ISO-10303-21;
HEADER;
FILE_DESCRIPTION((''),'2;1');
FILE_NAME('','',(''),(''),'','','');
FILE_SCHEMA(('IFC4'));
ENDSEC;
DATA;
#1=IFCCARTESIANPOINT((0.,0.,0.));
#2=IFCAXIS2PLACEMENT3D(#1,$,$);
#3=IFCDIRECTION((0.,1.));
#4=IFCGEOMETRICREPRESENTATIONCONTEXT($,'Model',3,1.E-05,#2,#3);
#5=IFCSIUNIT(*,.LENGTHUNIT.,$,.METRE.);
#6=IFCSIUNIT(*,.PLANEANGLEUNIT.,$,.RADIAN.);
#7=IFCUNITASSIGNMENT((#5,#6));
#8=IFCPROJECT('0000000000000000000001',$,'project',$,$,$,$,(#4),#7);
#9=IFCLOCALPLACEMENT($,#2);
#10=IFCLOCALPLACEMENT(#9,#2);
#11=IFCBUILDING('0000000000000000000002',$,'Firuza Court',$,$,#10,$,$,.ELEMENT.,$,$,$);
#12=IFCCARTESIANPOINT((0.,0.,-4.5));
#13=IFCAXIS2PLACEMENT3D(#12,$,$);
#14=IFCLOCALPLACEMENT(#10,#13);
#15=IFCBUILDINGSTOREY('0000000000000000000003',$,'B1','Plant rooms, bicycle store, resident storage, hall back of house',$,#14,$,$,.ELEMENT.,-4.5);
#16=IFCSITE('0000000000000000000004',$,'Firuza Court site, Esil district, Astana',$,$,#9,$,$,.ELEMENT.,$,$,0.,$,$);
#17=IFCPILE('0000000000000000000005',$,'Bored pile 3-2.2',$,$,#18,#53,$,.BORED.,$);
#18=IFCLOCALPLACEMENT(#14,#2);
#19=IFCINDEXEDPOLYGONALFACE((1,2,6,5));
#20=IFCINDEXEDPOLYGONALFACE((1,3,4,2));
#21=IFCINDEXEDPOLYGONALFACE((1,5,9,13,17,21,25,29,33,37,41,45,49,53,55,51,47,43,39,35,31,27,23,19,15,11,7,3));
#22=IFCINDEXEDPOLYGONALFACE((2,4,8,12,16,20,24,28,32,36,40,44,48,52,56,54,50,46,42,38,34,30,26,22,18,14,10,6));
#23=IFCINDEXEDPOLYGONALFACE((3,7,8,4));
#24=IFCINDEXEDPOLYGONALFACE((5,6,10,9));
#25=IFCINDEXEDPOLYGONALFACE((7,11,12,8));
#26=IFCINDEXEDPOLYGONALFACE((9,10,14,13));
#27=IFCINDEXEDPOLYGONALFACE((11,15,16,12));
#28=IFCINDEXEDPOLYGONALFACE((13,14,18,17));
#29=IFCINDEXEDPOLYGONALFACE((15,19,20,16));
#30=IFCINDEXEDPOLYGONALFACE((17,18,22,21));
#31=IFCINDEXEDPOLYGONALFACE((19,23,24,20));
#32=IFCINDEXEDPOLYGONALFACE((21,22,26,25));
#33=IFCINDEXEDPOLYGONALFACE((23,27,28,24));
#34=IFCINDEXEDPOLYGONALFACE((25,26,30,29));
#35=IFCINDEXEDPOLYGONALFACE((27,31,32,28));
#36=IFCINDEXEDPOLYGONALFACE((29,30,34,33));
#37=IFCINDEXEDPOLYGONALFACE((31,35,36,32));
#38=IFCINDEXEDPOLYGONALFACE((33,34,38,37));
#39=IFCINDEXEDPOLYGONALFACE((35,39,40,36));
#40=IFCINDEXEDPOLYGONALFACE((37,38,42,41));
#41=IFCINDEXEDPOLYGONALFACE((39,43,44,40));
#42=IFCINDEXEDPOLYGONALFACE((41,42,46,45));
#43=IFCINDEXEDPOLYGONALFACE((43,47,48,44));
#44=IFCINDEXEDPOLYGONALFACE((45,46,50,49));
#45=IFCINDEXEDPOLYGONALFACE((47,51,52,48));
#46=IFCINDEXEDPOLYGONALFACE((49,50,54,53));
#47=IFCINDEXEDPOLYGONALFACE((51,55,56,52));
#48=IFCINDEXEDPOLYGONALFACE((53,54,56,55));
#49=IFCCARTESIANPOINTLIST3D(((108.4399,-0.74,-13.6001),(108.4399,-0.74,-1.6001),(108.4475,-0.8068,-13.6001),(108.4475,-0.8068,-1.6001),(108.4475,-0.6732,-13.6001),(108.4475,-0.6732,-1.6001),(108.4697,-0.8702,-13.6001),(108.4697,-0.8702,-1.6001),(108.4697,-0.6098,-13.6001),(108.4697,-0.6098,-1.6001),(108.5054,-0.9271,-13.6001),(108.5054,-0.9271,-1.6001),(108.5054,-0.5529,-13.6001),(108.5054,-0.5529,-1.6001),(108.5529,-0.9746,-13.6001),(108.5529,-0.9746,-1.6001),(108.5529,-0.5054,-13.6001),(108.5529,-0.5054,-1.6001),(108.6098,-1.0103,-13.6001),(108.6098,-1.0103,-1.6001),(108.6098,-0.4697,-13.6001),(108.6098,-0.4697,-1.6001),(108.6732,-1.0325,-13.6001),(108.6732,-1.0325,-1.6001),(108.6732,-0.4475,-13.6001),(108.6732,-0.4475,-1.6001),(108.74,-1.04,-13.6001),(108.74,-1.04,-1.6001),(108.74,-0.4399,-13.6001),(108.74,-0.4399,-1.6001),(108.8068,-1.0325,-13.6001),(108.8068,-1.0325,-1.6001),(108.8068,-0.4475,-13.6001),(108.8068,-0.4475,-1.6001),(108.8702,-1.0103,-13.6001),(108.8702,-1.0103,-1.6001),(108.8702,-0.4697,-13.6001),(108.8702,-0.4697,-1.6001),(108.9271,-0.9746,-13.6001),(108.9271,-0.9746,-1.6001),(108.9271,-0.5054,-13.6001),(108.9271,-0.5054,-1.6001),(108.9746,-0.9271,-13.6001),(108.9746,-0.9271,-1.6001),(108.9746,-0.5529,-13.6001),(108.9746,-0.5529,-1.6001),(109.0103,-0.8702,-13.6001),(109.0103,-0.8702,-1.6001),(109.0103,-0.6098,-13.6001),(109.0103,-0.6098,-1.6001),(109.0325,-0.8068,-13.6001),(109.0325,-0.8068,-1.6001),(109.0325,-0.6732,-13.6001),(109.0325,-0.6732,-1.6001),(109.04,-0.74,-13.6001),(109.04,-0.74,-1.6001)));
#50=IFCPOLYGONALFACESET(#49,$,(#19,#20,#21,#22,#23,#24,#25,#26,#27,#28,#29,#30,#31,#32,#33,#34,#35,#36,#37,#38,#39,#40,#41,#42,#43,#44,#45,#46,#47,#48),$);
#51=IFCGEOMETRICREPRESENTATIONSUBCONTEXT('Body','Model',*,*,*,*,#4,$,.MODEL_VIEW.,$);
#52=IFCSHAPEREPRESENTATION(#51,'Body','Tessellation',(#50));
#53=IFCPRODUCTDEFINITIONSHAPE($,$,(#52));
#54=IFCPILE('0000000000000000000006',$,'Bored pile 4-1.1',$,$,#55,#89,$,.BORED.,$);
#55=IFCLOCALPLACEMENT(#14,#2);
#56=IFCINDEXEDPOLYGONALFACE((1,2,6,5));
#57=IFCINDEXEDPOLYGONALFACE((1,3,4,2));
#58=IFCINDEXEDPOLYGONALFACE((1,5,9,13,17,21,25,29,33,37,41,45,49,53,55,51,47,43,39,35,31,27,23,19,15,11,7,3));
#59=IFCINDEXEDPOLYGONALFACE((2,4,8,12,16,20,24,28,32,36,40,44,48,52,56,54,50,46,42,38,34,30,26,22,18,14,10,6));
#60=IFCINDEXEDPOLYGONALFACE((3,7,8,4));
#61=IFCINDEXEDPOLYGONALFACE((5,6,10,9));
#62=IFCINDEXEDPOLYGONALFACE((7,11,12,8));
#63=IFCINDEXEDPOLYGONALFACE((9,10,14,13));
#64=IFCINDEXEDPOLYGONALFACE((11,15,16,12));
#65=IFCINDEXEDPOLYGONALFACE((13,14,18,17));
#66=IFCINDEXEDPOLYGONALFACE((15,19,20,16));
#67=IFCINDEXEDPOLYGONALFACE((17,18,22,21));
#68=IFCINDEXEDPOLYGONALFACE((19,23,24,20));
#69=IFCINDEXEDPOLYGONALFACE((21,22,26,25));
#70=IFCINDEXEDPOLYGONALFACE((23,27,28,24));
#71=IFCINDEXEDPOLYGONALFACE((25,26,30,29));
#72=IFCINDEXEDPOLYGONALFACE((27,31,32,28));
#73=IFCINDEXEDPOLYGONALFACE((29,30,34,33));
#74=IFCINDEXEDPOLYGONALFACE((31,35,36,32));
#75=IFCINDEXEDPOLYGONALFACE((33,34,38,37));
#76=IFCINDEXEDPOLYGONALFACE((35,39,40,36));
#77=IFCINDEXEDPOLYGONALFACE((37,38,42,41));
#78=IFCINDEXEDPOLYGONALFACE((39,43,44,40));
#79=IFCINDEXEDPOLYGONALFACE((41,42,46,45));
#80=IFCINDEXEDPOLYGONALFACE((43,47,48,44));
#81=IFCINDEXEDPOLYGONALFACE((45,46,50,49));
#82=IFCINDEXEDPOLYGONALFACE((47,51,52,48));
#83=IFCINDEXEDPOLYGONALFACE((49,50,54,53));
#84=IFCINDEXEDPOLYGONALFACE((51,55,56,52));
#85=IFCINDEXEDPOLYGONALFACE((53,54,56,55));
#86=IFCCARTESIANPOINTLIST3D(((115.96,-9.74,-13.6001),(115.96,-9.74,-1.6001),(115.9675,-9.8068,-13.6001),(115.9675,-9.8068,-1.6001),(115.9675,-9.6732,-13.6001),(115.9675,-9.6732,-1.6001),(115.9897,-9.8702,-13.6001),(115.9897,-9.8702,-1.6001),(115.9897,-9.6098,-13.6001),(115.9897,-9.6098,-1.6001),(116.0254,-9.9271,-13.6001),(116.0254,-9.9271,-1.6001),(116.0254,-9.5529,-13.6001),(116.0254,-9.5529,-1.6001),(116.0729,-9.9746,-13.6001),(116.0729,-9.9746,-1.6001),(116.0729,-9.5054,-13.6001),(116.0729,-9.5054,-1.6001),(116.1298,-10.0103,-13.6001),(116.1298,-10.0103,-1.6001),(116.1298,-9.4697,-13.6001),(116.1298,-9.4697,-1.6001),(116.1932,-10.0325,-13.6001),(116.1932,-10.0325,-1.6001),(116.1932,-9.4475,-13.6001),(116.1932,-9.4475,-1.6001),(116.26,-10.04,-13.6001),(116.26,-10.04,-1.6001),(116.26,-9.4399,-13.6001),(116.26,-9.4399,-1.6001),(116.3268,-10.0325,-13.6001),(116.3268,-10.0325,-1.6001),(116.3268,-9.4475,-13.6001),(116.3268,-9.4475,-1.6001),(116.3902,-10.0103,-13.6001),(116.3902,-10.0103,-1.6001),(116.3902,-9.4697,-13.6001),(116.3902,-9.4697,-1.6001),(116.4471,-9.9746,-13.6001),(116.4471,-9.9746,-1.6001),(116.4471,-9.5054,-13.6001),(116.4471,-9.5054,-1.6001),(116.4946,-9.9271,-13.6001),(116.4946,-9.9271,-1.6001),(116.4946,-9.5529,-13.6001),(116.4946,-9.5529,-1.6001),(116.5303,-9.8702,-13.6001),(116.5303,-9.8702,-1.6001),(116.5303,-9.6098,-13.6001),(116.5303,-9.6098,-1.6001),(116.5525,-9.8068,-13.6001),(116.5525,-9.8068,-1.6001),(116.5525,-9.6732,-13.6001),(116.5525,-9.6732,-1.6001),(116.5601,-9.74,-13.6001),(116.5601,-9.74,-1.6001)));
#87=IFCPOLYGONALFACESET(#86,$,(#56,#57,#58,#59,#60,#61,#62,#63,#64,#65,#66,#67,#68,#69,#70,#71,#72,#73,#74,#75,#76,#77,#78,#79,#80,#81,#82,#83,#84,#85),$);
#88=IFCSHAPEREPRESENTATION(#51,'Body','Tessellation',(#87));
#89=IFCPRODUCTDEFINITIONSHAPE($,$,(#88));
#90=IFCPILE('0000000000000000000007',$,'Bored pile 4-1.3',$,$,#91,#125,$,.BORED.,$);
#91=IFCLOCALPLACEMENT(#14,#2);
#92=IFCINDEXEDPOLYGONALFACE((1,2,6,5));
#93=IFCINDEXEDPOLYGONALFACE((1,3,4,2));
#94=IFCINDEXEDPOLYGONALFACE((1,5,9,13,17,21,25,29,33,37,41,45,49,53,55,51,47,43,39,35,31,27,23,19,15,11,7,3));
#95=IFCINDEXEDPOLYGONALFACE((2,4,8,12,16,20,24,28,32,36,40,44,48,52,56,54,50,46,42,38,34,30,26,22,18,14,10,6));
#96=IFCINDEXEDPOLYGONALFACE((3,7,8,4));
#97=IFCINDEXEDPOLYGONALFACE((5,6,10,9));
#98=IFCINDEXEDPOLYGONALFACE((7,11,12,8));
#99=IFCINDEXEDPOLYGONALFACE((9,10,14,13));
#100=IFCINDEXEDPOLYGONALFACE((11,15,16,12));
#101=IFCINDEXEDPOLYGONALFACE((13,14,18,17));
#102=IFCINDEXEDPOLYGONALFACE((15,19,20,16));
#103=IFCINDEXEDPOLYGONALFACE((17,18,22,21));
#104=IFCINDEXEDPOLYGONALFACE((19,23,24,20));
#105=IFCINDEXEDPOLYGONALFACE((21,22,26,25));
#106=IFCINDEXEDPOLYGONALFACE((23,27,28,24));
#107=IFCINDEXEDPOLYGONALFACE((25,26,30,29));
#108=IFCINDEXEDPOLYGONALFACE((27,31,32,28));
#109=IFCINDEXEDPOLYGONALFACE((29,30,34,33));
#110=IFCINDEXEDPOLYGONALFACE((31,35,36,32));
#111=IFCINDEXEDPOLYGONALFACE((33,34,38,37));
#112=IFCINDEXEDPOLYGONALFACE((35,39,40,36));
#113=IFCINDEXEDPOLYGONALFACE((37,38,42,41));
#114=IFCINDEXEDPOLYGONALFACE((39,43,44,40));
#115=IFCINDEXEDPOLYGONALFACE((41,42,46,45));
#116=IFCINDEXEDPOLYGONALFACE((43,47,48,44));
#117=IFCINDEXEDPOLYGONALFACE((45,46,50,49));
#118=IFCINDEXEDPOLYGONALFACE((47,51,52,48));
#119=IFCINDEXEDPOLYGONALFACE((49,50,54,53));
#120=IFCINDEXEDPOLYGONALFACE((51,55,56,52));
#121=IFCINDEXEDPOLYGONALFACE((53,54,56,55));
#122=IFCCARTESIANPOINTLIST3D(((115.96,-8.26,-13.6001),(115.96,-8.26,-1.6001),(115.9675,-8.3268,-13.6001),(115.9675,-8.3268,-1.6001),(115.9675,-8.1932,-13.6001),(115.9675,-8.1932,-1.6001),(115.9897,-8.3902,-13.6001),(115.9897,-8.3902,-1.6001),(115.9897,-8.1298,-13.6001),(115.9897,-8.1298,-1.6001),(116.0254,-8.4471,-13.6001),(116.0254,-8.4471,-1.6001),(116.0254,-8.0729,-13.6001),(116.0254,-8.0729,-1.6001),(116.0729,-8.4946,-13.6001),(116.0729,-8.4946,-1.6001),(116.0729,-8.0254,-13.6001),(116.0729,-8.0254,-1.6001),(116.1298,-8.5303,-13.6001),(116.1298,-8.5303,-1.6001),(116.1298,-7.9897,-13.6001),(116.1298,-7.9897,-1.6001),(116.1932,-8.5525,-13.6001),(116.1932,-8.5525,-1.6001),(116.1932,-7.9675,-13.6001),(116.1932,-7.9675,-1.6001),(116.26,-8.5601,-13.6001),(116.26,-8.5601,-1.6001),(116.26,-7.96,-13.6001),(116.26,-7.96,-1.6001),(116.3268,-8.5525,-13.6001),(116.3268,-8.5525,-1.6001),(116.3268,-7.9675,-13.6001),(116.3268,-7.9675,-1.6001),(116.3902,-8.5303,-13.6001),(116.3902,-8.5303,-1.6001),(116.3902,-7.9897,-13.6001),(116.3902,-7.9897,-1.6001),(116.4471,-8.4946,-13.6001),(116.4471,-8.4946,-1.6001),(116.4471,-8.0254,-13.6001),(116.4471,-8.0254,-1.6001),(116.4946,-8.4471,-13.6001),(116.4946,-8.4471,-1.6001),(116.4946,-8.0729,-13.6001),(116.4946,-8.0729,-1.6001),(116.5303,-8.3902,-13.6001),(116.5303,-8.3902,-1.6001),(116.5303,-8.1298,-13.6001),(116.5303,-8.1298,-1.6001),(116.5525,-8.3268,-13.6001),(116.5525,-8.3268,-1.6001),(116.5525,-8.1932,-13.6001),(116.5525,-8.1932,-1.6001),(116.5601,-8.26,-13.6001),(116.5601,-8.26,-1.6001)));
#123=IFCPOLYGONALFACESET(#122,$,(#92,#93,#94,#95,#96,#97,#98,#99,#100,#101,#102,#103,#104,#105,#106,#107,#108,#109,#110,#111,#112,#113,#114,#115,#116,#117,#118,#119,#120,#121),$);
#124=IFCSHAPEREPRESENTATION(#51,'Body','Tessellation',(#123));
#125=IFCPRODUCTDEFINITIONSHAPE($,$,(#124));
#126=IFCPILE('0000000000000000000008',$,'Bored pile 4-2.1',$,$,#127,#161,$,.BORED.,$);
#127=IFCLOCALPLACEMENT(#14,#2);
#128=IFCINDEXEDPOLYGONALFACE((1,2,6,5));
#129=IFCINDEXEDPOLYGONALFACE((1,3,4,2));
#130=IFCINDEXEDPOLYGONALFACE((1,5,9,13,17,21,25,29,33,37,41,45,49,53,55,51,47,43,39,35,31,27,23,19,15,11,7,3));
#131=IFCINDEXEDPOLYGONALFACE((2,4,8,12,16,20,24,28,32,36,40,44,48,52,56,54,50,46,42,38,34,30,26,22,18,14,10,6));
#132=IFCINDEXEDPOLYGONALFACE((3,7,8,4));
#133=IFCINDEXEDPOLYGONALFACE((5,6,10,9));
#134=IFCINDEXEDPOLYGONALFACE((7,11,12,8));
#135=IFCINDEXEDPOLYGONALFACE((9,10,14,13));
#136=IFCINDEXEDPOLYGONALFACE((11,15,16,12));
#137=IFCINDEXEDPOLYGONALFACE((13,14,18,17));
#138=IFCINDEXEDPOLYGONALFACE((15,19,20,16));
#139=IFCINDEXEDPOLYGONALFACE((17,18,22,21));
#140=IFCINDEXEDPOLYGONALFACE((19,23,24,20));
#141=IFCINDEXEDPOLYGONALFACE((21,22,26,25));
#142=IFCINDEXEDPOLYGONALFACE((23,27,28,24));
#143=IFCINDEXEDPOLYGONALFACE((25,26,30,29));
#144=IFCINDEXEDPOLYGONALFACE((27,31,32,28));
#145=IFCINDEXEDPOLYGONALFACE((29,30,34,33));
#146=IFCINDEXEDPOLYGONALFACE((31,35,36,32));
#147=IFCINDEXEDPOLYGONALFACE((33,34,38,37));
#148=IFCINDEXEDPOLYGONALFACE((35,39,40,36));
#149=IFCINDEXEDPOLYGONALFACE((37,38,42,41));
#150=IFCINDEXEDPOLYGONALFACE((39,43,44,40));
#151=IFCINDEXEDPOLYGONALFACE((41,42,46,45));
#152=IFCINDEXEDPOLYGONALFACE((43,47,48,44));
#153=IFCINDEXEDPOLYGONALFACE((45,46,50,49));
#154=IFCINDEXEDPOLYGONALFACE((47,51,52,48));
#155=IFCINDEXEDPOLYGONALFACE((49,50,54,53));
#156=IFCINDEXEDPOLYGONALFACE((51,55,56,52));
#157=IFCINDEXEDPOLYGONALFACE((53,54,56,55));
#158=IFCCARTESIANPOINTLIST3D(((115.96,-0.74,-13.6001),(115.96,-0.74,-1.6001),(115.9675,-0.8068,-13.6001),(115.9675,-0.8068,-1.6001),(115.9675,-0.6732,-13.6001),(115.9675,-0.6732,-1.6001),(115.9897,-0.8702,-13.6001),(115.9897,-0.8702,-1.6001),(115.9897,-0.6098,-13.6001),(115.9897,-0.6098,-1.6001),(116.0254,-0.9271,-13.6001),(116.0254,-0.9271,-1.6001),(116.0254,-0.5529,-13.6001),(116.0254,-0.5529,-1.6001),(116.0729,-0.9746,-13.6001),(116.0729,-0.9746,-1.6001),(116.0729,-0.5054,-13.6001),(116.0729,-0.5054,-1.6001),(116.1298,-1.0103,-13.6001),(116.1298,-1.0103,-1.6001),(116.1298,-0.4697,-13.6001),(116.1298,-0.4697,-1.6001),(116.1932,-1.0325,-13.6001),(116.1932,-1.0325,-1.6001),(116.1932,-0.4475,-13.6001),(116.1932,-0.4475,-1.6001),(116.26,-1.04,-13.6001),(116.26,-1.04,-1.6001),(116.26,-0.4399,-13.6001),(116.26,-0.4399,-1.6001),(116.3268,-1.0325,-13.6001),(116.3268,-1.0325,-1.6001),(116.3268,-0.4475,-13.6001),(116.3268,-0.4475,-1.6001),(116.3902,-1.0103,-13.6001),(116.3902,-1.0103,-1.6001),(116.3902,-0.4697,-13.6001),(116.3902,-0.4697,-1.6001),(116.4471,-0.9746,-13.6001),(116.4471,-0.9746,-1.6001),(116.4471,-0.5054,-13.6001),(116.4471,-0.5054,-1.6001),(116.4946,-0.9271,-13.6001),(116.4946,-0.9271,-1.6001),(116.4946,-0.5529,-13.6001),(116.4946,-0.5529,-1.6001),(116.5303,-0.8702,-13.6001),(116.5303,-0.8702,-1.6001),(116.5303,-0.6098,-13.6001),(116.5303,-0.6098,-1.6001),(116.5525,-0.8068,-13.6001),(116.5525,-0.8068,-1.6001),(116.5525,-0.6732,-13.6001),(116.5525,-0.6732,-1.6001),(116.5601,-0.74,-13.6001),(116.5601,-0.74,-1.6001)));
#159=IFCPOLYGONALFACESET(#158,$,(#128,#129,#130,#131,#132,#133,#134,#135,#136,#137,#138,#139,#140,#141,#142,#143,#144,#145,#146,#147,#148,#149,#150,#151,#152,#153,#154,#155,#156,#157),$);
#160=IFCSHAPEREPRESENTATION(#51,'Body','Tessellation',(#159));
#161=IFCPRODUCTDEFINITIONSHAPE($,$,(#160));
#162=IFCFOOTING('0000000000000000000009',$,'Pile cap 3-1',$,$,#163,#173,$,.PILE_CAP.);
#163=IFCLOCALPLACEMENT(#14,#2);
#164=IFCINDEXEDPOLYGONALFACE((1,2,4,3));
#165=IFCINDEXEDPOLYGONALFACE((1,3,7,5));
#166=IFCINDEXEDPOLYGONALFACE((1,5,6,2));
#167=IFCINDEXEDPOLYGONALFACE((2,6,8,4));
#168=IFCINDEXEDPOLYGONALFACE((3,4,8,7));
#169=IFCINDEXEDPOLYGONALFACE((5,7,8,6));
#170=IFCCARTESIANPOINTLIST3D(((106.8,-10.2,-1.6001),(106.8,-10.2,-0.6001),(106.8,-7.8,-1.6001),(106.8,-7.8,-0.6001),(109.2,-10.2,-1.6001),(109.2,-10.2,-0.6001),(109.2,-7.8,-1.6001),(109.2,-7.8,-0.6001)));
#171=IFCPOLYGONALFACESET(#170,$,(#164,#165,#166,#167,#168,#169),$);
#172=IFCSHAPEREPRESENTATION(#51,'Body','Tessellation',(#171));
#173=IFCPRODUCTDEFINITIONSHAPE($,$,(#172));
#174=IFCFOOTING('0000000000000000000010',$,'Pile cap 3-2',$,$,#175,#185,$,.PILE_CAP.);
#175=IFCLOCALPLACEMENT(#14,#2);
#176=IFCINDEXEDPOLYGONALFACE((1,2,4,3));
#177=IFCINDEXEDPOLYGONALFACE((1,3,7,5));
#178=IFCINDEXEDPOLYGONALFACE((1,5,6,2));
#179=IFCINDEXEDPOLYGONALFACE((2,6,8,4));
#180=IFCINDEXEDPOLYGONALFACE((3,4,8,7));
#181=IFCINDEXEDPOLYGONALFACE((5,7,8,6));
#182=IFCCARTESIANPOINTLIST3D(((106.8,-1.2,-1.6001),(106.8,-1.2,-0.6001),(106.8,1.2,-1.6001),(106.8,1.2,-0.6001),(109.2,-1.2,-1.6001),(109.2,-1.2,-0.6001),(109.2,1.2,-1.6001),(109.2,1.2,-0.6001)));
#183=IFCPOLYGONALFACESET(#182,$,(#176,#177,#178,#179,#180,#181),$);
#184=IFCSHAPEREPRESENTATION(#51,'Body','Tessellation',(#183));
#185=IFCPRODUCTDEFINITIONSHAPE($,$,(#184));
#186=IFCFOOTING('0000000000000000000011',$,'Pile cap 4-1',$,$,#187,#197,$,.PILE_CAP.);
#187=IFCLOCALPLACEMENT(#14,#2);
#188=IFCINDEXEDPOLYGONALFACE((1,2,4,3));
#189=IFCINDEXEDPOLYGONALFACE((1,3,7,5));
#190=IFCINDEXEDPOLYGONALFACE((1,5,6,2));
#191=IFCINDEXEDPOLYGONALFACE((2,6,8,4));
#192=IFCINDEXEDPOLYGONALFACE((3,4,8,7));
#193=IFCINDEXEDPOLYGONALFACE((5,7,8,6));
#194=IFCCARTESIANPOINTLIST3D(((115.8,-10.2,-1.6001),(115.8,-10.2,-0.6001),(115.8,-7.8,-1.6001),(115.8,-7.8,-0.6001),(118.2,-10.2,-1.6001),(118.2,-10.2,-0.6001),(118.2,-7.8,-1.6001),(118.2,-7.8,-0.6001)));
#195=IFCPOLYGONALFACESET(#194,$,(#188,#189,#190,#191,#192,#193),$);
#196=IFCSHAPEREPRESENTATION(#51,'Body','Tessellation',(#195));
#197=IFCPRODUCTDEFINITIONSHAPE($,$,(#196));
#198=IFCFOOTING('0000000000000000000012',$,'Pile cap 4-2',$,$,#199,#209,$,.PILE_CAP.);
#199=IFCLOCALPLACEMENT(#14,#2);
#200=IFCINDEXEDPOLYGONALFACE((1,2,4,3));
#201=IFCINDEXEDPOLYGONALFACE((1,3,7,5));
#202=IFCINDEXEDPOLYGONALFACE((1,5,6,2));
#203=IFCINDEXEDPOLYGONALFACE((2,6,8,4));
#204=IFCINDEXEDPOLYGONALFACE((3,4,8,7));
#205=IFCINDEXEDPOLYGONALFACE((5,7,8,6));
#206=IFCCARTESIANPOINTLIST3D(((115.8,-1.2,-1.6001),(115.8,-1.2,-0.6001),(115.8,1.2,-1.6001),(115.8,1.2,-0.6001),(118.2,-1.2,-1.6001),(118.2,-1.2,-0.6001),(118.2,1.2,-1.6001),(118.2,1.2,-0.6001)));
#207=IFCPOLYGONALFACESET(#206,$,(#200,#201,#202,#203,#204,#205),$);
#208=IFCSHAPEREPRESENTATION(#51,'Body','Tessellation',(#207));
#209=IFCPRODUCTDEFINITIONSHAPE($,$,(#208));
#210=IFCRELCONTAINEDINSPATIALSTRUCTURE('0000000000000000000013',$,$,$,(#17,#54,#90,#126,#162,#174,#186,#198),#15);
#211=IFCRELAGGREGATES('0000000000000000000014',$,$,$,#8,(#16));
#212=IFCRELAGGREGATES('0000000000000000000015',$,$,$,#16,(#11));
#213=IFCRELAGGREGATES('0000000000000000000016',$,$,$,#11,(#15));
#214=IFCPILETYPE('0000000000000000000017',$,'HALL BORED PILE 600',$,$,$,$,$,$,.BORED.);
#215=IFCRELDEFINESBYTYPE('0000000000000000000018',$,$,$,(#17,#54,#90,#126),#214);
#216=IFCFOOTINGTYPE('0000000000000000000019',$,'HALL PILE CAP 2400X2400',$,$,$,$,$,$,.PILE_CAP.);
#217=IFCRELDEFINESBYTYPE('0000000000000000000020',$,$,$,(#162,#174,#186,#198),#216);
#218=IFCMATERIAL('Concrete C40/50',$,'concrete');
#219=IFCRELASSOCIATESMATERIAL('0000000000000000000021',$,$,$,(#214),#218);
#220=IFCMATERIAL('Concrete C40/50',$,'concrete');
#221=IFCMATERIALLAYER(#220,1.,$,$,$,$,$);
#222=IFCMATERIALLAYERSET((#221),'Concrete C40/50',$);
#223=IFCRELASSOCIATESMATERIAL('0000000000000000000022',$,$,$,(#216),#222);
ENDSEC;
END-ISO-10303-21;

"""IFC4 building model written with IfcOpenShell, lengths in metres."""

from ifc_helpers import new_model, si_unit, direction, frame, origin, origin_2d, place, context, subcontext, project, spatial, rectangle, circle, extrude, material, layer, layer_set, material_profile, profile_set, type_object, element, save


model = new_model("IFC4")

# Units and contexts
model_context = context("Model", 3, precision=1e-05, world=origin(), true_north=direction((0.0, 1.0)))
body_context = subcontext(model_context, "Body", "Model", "MODEL_VIEW")
ifc_project = project(units=[si_unit("LENGTHUNIT", "METRE"), si_unit("PLANEANGLEUNIT", "RADIAN")], contexts=[model_context])

# Site, building, storey
site_placement = place(None, origin())
site = spatial("IfcSite", under=ifc_project, at=site_placement, Name="Firuza Court site, Esil district, Astana", CompositionType="ELEMENT", RefElevation=0.0)
building_placement = place(site_placement, origin())
building = spatial("IfcBuilding", under=site, at=building_placement, Name="Firuza Court", CompositionType="ELEMENT")
storey_placement = place(building_placement, frame((0.0, 0.0, -4.5)))
storey = spatial("IfcBuildingStorey", under=building, at=storey_placement, Name="B1", Description="Plant rooms, bicycle store, resident storage, hall back of house", CompositionType="ELEMENT", Elevation=-4.5)

# Piles
ifc_material_1 = material(Name="Concrete C40/50", Category="concrete")
ifc_material_profile_1 = material_profile(ifc_material_1, circle(Radius=0.3, at=origin_2d()), Name="PILE 600")
ifc_profile_set_1 = profile_set([ifc_material_profile_1], Name="Concrete C40/50")
pile_type = type_object("IfcPileType", Name="HALL BORED PILE 600", PredefinedType="BORED", material=ifc_profile_set_1)
for number, where, z_axis, x_axis, name in (
    (1, (108.74, -0.74, -1.6001), (0.0, 0.0, -1.0), (1.0, 0.0, 0.0), "Bored pile 3-2.2"),
    (2, (116.26, -9.74, -1.6001), (0.0, 0.0, -1.0), (1.0, 0.0, 0.0), "Bored pile 4-1.1"),
    (3, (116.26, -8.26, -1.6001), (0.0, 0.0, -1.0), (1.0, 0.0, 0.0), "Bored pile 4-1.3"),
    (4, (116.26, -0.74, -1.6001), (0.0, 0.0, -1.0), (1.0, 0.0, 0.0), "Bored pile 4-2.1"),
):
    element("IfcPile", number, at=place(storey_placement, frame(where, z_axis=z_axis, x_axis=x_axis)), inside=storey, type_object=pile_type, Name=name, PredefinedType="BORED", context=body_context, shape_type="SweptSolid", body=[
        extrude(circle(Radius=0.3, at=origin_2d()), origin(), (0.0, 0.0, 1.0), 12.0),
    ])

# Footings
ifc_material_2 = material(Name="Concrete C40/50", Category="concrete")
ifc_layer_1 = layer(ifc_material_2, 1.0)
ifc_layer_set_1 = layer_set([ifc_layer_1], Name="Concrete C40/50")
footing_type = type_object("IfcFootingType", Name="HALL PILE CAP 2400X2400", PredefinedType="PILE_CAP", material=ifc_layer_set_1)
for number, where, z_axis, x_axis, name in (
    (5, (108.0, -9.0, -1.6001), (0.0, 0.0, 1.0), (1.0, 0.0, 0.0), "Pile cap 3-1"),
    (6, (108.0, 0.0, -1.6001), (0.0, 0.0, 1.0), (1.0, 0.0, 0.0), "Pile cap 3-2"),
    (7, (117.0, -9.0, -1.6001), (0.0, 0.0, 1.0), (1.0, 0.0, 0.0), "Pile cap 4-1"),
    (8, (117.0, 0.0, -1.6001), (0.0, 0.0, 1.0), (1.0, 0.0, 0.0), "Pile cap 4-2"),
):
    element("IfcFooting", number, at=place(storey_placement, frame(where, z_axis=z_axis, x_axis=x_axis)), inside=storey, type_object=footing_type, Name=name, PredefinedType="PILE_CAP", context=body_context, shape_type="SweptSolid", body=[
        extrude(rectangle(XDim=2.3999, YDim=2.3999, at=origin_2d()), origin(), (0.0, 0.0, 1.0), 1.0),
    ])

save(model, "model.ifc")
